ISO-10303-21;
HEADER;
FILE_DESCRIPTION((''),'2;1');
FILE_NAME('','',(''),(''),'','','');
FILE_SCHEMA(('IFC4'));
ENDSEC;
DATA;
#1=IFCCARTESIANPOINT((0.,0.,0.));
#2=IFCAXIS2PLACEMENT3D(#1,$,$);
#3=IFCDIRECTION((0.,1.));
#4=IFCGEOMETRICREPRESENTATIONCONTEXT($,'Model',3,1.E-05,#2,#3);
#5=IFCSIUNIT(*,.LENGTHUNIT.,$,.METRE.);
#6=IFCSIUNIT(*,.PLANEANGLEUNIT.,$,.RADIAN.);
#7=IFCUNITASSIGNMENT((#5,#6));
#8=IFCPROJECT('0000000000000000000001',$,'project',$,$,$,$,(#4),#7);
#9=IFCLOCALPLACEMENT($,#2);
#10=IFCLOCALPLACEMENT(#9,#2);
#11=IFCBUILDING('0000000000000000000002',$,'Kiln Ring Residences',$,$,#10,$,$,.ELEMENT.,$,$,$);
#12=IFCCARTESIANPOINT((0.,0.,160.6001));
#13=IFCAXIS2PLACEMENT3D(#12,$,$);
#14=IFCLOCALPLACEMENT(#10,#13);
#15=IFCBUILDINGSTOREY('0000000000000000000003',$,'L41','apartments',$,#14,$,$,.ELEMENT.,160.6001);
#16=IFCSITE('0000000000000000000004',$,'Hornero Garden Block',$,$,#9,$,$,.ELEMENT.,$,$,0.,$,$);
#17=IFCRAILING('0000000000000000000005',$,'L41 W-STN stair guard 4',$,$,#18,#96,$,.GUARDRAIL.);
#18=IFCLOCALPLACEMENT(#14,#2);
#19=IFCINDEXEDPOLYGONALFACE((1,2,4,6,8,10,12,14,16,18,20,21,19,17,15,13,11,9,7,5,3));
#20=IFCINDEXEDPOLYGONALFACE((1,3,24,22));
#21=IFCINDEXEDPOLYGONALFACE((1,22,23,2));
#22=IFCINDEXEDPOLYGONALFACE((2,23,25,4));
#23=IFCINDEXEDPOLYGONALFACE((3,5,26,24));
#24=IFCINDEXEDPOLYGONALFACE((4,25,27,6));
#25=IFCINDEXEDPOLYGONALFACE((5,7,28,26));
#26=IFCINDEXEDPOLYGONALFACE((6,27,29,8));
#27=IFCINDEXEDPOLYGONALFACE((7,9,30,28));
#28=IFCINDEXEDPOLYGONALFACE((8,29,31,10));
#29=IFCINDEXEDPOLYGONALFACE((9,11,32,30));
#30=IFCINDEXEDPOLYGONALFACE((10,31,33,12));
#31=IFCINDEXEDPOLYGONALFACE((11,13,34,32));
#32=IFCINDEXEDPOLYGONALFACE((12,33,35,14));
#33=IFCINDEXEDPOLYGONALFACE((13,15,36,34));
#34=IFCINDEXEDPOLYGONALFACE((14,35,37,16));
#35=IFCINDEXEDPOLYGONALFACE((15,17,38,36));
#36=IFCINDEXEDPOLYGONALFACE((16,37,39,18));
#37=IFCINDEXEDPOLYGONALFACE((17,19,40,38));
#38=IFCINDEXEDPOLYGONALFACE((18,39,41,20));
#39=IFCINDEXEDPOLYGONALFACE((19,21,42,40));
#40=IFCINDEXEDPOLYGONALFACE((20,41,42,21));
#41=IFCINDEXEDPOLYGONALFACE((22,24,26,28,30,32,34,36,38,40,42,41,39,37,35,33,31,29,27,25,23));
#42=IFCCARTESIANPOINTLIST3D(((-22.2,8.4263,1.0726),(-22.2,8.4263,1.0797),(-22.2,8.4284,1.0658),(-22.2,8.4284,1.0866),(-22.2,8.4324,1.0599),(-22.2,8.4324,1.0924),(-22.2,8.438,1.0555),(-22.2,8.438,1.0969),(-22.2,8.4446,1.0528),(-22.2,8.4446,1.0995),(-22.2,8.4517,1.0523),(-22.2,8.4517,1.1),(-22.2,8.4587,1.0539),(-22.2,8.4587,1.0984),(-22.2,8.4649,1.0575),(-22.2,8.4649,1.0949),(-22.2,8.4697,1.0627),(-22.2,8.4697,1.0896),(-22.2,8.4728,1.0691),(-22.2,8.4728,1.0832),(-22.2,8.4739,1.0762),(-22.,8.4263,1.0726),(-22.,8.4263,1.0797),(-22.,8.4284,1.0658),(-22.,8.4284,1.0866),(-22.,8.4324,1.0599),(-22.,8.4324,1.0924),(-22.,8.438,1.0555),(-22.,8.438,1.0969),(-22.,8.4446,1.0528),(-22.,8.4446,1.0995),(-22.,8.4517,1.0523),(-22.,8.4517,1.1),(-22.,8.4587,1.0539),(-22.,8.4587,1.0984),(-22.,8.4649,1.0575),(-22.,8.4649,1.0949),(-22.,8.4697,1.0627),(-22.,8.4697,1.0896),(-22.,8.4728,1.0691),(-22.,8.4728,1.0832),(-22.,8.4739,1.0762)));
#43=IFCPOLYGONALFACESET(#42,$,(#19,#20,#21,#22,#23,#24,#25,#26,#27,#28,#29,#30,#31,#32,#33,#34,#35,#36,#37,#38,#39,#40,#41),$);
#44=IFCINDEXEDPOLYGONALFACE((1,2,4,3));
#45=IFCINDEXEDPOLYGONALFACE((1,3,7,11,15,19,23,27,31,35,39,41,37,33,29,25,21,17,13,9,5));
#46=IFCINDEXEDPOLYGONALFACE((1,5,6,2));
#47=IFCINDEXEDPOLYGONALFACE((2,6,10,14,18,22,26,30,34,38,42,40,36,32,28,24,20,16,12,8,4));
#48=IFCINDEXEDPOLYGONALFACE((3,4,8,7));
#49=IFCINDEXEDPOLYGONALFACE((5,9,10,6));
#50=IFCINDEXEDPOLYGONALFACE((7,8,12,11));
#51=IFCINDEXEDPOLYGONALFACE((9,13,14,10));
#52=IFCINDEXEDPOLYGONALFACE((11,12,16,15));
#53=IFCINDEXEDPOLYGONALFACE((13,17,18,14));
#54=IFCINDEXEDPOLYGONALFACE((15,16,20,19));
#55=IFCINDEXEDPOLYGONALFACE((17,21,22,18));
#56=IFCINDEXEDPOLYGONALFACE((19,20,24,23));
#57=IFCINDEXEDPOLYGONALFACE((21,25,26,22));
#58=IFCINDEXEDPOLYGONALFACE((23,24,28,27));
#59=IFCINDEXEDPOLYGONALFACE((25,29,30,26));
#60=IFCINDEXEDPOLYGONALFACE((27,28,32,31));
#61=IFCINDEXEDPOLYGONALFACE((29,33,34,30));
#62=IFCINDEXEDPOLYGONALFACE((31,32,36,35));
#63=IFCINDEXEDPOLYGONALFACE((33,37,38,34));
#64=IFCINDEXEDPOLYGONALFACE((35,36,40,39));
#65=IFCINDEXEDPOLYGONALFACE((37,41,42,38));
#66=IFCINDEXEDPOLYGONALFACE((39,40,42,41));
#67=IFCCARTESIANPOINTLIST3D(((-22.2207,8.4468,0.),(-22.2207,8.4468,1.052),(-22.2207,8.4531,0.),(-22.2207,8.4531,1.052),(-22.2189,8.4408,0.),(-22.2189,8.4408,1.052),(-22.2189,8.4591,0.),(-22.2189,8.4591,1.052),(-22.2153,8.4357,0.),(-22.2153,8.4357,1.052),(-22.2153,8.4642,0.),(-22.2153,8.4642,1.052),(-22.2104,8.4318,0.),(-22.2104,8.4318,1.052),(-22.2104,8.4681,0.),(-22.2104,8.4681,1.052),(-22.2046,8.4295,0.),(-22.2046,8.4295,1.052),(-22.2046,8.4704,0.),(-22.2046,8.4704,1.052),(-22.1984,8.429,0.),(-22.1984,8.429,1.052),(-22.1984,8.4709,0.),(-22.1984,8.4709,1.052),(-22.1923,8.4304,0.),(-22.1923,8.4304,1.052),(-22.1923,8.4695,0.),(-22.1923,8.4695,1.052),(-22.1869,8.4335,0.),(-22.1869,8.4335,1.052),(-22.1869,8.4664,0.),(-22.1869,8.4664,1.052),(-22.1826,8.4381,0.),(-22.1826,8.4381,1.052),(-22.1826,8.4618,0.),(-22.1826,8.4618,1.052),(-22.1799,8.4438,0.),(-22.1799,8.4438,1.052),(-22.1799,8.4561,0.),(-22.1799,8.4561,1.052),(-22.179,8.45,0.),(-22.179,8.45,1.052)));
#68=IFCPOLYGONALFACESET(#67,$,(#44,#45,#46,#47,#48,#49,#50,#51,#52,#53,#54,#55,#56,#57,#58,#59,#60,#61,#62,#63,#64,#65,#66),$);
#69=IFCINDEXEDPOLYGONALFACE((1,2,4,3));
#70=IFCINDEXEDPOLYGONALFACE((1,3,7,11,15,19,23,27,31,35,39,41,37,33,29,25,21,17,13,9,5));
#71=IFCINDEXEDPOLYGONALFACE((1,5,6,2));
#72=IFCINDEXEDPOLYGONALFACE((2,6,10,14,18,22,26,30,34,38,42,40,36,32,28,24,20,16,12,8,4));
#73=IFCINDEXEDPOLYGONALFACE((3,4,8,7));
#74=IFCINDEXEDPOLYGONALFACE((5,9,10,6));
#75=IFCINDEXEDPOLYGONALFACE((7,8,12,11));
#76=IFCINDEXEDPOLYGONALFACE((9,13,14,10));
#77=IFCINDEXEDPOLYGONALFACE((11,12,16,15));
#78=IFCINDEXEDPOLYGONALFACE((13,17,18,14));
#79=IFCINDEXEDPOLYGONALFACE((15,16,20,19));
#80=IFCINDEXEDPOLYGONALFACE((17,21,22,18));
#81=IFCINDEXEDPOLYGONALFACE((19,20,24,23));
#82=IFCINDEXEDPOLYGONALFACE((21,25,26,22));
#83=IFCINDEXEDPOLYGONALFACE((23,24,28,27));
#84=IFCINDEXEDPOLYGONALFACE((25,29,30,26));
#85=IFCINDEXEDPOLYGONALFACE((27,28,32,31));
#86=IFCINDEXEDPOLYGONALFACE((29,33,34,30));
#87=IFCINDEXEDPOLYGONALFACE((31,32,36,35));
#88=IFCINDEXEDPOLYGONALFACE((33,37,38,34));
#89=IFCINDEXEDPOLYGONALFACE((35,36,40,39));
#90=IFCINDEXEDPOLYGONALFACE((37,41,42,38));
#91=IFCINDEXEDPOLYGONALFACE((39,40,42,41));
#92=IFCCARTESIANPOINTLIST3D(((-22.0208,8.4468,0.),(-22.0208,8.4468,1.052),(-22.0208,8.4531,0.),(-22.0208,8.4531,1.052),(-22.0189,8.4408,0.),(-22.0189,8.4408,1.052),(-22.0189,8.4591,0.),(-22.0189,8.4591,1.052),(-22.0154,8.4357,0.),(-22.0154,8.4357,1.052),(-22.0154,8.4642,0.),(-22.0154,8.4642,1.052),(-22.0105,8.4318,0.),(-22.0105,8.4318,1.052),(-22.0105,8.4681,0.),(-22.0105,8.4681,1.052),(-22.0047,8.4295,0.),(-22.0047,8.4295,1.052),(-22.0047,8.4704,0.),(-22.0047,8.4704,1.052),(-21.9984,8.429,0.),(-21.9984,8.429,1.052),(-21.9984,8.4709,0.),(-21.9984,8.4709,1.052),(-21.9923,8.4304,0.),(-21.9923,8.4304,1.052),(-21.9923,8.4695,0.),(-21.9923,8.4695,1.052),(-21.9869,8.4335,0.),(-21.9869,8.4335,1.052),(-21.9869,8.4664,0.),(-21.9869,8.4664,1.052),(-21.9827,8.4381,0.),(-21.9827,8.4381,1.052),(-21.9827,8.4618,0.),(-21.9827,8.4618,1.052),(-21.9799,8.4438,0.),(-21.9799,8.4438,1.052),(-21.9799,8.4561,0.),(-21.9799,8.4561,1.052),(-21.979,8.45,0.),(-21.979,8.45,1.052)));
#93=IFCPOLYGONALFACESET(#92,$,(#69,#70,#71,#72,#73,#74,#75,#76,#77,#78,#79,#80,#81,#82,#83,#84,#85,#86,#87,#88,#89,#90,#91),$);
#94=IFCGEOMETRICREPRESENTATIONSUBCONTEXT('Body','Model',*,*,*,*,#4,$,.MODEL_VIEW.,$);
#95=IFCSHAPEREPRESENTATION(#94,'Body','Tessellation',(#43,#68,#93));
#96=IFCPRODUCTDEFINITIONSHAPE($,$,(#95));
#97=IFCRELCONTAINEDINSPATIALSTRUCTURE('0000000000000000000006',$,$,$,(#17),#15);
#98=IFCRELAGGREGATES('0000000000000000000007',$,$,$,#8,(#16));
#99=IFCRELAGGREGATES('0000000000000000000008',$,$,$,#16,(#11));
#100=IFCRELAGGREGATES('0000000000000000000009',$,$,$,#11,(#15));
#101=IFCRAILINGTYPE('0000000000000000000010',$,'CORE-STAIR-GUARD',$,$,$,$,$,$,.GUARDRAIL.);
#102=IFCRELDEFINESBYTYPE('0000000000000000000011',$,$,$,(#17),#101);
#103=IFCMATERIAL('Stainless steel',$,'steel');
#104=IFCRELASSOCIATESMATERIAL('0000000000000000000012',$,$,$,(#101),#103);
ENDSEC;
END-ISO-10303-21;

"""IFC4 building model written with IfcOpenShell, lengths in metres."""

from ifc_helpers import new_model, si_unit, direction, frame, origin, origin_2d, place, context, subcontext, project, spatial, circle, extrude, material, type_object, element, save


model = new_model("IFC4")

# Units and contexts
model_context = context("Model", 3, precision=1e-05, world=origin(), true_north=direction((0.0, 1.0)))
body_context = subcontext(model_context, "Body", "Model", "MODEL_VIEW")
ifc_project = project(units=[si_unit("LENGTHUNIT", "METRE"), si_unit("PLANEANGLEUNIT", "RADIAN")], contexts=[model_context])

# Site, building, storey
site_placement = place(None, origin())
site = spatial("IfcSite", under=ifc_project, at=site_placement, Name="Hornero Garden Block", CompositionType="ELEMENT", RefElevation=0.0)
building_placement = place(site_placement, origin())
building = spatial("IfcBuilding", under=site, at=building_placement, Name="Kiln Ring Residences", CompositionType="ELEMENT")
storey_placement = place(building_placement, frame((0.0, 0.0, 160.6001)))
storey = spatial("IfcBuildingStorey", under=building, at=storey_placement, Name="L41", Description="apartments", CompositionType="ELEMENT", Elevation=160.6001)

# Railing
ifc_material_1 = material(Name="Stainless steel", Category="steel")
railing_type_1 = type_object("IfcRailingType", Name="CORE-STAIR-GUARD", PredefinedType="GUARDRAIL", material=ifc_material_1)
railing_1_placement = place(storey_placement, frame((-22.2, 8.45, 0.0)))
element("IfcRailing", 1, at=railing_1_placement, inside=storey, type_object=railing_type_1, Name="L41 W-STN stair guard 4", PredefinedType="GUARDRAIL", context=body_context, shape_type="SweptSolid", body=[
    extrude(circle(Radius=0.0239, at=origin_2d()), frame((0.0, 0.0, 1.0762), z_axis=(1.0, 0.0, 0.0), x_axis=(0.0, 1.0, 0.0)), (0.0, 0.0, 1.0), 0.2),
    extrude(circle(Radius=0.021, at=origin_2d()), origin(), (0.0, 0.0, 1.0), 1.052),
    extrude(circle(Radius=0.021, at=origin_2d()), frame((0.2, 0.0, 0.0)), (0.0, 0.0, 1.0), 1.052),
])

save(model, "model.ifc")
